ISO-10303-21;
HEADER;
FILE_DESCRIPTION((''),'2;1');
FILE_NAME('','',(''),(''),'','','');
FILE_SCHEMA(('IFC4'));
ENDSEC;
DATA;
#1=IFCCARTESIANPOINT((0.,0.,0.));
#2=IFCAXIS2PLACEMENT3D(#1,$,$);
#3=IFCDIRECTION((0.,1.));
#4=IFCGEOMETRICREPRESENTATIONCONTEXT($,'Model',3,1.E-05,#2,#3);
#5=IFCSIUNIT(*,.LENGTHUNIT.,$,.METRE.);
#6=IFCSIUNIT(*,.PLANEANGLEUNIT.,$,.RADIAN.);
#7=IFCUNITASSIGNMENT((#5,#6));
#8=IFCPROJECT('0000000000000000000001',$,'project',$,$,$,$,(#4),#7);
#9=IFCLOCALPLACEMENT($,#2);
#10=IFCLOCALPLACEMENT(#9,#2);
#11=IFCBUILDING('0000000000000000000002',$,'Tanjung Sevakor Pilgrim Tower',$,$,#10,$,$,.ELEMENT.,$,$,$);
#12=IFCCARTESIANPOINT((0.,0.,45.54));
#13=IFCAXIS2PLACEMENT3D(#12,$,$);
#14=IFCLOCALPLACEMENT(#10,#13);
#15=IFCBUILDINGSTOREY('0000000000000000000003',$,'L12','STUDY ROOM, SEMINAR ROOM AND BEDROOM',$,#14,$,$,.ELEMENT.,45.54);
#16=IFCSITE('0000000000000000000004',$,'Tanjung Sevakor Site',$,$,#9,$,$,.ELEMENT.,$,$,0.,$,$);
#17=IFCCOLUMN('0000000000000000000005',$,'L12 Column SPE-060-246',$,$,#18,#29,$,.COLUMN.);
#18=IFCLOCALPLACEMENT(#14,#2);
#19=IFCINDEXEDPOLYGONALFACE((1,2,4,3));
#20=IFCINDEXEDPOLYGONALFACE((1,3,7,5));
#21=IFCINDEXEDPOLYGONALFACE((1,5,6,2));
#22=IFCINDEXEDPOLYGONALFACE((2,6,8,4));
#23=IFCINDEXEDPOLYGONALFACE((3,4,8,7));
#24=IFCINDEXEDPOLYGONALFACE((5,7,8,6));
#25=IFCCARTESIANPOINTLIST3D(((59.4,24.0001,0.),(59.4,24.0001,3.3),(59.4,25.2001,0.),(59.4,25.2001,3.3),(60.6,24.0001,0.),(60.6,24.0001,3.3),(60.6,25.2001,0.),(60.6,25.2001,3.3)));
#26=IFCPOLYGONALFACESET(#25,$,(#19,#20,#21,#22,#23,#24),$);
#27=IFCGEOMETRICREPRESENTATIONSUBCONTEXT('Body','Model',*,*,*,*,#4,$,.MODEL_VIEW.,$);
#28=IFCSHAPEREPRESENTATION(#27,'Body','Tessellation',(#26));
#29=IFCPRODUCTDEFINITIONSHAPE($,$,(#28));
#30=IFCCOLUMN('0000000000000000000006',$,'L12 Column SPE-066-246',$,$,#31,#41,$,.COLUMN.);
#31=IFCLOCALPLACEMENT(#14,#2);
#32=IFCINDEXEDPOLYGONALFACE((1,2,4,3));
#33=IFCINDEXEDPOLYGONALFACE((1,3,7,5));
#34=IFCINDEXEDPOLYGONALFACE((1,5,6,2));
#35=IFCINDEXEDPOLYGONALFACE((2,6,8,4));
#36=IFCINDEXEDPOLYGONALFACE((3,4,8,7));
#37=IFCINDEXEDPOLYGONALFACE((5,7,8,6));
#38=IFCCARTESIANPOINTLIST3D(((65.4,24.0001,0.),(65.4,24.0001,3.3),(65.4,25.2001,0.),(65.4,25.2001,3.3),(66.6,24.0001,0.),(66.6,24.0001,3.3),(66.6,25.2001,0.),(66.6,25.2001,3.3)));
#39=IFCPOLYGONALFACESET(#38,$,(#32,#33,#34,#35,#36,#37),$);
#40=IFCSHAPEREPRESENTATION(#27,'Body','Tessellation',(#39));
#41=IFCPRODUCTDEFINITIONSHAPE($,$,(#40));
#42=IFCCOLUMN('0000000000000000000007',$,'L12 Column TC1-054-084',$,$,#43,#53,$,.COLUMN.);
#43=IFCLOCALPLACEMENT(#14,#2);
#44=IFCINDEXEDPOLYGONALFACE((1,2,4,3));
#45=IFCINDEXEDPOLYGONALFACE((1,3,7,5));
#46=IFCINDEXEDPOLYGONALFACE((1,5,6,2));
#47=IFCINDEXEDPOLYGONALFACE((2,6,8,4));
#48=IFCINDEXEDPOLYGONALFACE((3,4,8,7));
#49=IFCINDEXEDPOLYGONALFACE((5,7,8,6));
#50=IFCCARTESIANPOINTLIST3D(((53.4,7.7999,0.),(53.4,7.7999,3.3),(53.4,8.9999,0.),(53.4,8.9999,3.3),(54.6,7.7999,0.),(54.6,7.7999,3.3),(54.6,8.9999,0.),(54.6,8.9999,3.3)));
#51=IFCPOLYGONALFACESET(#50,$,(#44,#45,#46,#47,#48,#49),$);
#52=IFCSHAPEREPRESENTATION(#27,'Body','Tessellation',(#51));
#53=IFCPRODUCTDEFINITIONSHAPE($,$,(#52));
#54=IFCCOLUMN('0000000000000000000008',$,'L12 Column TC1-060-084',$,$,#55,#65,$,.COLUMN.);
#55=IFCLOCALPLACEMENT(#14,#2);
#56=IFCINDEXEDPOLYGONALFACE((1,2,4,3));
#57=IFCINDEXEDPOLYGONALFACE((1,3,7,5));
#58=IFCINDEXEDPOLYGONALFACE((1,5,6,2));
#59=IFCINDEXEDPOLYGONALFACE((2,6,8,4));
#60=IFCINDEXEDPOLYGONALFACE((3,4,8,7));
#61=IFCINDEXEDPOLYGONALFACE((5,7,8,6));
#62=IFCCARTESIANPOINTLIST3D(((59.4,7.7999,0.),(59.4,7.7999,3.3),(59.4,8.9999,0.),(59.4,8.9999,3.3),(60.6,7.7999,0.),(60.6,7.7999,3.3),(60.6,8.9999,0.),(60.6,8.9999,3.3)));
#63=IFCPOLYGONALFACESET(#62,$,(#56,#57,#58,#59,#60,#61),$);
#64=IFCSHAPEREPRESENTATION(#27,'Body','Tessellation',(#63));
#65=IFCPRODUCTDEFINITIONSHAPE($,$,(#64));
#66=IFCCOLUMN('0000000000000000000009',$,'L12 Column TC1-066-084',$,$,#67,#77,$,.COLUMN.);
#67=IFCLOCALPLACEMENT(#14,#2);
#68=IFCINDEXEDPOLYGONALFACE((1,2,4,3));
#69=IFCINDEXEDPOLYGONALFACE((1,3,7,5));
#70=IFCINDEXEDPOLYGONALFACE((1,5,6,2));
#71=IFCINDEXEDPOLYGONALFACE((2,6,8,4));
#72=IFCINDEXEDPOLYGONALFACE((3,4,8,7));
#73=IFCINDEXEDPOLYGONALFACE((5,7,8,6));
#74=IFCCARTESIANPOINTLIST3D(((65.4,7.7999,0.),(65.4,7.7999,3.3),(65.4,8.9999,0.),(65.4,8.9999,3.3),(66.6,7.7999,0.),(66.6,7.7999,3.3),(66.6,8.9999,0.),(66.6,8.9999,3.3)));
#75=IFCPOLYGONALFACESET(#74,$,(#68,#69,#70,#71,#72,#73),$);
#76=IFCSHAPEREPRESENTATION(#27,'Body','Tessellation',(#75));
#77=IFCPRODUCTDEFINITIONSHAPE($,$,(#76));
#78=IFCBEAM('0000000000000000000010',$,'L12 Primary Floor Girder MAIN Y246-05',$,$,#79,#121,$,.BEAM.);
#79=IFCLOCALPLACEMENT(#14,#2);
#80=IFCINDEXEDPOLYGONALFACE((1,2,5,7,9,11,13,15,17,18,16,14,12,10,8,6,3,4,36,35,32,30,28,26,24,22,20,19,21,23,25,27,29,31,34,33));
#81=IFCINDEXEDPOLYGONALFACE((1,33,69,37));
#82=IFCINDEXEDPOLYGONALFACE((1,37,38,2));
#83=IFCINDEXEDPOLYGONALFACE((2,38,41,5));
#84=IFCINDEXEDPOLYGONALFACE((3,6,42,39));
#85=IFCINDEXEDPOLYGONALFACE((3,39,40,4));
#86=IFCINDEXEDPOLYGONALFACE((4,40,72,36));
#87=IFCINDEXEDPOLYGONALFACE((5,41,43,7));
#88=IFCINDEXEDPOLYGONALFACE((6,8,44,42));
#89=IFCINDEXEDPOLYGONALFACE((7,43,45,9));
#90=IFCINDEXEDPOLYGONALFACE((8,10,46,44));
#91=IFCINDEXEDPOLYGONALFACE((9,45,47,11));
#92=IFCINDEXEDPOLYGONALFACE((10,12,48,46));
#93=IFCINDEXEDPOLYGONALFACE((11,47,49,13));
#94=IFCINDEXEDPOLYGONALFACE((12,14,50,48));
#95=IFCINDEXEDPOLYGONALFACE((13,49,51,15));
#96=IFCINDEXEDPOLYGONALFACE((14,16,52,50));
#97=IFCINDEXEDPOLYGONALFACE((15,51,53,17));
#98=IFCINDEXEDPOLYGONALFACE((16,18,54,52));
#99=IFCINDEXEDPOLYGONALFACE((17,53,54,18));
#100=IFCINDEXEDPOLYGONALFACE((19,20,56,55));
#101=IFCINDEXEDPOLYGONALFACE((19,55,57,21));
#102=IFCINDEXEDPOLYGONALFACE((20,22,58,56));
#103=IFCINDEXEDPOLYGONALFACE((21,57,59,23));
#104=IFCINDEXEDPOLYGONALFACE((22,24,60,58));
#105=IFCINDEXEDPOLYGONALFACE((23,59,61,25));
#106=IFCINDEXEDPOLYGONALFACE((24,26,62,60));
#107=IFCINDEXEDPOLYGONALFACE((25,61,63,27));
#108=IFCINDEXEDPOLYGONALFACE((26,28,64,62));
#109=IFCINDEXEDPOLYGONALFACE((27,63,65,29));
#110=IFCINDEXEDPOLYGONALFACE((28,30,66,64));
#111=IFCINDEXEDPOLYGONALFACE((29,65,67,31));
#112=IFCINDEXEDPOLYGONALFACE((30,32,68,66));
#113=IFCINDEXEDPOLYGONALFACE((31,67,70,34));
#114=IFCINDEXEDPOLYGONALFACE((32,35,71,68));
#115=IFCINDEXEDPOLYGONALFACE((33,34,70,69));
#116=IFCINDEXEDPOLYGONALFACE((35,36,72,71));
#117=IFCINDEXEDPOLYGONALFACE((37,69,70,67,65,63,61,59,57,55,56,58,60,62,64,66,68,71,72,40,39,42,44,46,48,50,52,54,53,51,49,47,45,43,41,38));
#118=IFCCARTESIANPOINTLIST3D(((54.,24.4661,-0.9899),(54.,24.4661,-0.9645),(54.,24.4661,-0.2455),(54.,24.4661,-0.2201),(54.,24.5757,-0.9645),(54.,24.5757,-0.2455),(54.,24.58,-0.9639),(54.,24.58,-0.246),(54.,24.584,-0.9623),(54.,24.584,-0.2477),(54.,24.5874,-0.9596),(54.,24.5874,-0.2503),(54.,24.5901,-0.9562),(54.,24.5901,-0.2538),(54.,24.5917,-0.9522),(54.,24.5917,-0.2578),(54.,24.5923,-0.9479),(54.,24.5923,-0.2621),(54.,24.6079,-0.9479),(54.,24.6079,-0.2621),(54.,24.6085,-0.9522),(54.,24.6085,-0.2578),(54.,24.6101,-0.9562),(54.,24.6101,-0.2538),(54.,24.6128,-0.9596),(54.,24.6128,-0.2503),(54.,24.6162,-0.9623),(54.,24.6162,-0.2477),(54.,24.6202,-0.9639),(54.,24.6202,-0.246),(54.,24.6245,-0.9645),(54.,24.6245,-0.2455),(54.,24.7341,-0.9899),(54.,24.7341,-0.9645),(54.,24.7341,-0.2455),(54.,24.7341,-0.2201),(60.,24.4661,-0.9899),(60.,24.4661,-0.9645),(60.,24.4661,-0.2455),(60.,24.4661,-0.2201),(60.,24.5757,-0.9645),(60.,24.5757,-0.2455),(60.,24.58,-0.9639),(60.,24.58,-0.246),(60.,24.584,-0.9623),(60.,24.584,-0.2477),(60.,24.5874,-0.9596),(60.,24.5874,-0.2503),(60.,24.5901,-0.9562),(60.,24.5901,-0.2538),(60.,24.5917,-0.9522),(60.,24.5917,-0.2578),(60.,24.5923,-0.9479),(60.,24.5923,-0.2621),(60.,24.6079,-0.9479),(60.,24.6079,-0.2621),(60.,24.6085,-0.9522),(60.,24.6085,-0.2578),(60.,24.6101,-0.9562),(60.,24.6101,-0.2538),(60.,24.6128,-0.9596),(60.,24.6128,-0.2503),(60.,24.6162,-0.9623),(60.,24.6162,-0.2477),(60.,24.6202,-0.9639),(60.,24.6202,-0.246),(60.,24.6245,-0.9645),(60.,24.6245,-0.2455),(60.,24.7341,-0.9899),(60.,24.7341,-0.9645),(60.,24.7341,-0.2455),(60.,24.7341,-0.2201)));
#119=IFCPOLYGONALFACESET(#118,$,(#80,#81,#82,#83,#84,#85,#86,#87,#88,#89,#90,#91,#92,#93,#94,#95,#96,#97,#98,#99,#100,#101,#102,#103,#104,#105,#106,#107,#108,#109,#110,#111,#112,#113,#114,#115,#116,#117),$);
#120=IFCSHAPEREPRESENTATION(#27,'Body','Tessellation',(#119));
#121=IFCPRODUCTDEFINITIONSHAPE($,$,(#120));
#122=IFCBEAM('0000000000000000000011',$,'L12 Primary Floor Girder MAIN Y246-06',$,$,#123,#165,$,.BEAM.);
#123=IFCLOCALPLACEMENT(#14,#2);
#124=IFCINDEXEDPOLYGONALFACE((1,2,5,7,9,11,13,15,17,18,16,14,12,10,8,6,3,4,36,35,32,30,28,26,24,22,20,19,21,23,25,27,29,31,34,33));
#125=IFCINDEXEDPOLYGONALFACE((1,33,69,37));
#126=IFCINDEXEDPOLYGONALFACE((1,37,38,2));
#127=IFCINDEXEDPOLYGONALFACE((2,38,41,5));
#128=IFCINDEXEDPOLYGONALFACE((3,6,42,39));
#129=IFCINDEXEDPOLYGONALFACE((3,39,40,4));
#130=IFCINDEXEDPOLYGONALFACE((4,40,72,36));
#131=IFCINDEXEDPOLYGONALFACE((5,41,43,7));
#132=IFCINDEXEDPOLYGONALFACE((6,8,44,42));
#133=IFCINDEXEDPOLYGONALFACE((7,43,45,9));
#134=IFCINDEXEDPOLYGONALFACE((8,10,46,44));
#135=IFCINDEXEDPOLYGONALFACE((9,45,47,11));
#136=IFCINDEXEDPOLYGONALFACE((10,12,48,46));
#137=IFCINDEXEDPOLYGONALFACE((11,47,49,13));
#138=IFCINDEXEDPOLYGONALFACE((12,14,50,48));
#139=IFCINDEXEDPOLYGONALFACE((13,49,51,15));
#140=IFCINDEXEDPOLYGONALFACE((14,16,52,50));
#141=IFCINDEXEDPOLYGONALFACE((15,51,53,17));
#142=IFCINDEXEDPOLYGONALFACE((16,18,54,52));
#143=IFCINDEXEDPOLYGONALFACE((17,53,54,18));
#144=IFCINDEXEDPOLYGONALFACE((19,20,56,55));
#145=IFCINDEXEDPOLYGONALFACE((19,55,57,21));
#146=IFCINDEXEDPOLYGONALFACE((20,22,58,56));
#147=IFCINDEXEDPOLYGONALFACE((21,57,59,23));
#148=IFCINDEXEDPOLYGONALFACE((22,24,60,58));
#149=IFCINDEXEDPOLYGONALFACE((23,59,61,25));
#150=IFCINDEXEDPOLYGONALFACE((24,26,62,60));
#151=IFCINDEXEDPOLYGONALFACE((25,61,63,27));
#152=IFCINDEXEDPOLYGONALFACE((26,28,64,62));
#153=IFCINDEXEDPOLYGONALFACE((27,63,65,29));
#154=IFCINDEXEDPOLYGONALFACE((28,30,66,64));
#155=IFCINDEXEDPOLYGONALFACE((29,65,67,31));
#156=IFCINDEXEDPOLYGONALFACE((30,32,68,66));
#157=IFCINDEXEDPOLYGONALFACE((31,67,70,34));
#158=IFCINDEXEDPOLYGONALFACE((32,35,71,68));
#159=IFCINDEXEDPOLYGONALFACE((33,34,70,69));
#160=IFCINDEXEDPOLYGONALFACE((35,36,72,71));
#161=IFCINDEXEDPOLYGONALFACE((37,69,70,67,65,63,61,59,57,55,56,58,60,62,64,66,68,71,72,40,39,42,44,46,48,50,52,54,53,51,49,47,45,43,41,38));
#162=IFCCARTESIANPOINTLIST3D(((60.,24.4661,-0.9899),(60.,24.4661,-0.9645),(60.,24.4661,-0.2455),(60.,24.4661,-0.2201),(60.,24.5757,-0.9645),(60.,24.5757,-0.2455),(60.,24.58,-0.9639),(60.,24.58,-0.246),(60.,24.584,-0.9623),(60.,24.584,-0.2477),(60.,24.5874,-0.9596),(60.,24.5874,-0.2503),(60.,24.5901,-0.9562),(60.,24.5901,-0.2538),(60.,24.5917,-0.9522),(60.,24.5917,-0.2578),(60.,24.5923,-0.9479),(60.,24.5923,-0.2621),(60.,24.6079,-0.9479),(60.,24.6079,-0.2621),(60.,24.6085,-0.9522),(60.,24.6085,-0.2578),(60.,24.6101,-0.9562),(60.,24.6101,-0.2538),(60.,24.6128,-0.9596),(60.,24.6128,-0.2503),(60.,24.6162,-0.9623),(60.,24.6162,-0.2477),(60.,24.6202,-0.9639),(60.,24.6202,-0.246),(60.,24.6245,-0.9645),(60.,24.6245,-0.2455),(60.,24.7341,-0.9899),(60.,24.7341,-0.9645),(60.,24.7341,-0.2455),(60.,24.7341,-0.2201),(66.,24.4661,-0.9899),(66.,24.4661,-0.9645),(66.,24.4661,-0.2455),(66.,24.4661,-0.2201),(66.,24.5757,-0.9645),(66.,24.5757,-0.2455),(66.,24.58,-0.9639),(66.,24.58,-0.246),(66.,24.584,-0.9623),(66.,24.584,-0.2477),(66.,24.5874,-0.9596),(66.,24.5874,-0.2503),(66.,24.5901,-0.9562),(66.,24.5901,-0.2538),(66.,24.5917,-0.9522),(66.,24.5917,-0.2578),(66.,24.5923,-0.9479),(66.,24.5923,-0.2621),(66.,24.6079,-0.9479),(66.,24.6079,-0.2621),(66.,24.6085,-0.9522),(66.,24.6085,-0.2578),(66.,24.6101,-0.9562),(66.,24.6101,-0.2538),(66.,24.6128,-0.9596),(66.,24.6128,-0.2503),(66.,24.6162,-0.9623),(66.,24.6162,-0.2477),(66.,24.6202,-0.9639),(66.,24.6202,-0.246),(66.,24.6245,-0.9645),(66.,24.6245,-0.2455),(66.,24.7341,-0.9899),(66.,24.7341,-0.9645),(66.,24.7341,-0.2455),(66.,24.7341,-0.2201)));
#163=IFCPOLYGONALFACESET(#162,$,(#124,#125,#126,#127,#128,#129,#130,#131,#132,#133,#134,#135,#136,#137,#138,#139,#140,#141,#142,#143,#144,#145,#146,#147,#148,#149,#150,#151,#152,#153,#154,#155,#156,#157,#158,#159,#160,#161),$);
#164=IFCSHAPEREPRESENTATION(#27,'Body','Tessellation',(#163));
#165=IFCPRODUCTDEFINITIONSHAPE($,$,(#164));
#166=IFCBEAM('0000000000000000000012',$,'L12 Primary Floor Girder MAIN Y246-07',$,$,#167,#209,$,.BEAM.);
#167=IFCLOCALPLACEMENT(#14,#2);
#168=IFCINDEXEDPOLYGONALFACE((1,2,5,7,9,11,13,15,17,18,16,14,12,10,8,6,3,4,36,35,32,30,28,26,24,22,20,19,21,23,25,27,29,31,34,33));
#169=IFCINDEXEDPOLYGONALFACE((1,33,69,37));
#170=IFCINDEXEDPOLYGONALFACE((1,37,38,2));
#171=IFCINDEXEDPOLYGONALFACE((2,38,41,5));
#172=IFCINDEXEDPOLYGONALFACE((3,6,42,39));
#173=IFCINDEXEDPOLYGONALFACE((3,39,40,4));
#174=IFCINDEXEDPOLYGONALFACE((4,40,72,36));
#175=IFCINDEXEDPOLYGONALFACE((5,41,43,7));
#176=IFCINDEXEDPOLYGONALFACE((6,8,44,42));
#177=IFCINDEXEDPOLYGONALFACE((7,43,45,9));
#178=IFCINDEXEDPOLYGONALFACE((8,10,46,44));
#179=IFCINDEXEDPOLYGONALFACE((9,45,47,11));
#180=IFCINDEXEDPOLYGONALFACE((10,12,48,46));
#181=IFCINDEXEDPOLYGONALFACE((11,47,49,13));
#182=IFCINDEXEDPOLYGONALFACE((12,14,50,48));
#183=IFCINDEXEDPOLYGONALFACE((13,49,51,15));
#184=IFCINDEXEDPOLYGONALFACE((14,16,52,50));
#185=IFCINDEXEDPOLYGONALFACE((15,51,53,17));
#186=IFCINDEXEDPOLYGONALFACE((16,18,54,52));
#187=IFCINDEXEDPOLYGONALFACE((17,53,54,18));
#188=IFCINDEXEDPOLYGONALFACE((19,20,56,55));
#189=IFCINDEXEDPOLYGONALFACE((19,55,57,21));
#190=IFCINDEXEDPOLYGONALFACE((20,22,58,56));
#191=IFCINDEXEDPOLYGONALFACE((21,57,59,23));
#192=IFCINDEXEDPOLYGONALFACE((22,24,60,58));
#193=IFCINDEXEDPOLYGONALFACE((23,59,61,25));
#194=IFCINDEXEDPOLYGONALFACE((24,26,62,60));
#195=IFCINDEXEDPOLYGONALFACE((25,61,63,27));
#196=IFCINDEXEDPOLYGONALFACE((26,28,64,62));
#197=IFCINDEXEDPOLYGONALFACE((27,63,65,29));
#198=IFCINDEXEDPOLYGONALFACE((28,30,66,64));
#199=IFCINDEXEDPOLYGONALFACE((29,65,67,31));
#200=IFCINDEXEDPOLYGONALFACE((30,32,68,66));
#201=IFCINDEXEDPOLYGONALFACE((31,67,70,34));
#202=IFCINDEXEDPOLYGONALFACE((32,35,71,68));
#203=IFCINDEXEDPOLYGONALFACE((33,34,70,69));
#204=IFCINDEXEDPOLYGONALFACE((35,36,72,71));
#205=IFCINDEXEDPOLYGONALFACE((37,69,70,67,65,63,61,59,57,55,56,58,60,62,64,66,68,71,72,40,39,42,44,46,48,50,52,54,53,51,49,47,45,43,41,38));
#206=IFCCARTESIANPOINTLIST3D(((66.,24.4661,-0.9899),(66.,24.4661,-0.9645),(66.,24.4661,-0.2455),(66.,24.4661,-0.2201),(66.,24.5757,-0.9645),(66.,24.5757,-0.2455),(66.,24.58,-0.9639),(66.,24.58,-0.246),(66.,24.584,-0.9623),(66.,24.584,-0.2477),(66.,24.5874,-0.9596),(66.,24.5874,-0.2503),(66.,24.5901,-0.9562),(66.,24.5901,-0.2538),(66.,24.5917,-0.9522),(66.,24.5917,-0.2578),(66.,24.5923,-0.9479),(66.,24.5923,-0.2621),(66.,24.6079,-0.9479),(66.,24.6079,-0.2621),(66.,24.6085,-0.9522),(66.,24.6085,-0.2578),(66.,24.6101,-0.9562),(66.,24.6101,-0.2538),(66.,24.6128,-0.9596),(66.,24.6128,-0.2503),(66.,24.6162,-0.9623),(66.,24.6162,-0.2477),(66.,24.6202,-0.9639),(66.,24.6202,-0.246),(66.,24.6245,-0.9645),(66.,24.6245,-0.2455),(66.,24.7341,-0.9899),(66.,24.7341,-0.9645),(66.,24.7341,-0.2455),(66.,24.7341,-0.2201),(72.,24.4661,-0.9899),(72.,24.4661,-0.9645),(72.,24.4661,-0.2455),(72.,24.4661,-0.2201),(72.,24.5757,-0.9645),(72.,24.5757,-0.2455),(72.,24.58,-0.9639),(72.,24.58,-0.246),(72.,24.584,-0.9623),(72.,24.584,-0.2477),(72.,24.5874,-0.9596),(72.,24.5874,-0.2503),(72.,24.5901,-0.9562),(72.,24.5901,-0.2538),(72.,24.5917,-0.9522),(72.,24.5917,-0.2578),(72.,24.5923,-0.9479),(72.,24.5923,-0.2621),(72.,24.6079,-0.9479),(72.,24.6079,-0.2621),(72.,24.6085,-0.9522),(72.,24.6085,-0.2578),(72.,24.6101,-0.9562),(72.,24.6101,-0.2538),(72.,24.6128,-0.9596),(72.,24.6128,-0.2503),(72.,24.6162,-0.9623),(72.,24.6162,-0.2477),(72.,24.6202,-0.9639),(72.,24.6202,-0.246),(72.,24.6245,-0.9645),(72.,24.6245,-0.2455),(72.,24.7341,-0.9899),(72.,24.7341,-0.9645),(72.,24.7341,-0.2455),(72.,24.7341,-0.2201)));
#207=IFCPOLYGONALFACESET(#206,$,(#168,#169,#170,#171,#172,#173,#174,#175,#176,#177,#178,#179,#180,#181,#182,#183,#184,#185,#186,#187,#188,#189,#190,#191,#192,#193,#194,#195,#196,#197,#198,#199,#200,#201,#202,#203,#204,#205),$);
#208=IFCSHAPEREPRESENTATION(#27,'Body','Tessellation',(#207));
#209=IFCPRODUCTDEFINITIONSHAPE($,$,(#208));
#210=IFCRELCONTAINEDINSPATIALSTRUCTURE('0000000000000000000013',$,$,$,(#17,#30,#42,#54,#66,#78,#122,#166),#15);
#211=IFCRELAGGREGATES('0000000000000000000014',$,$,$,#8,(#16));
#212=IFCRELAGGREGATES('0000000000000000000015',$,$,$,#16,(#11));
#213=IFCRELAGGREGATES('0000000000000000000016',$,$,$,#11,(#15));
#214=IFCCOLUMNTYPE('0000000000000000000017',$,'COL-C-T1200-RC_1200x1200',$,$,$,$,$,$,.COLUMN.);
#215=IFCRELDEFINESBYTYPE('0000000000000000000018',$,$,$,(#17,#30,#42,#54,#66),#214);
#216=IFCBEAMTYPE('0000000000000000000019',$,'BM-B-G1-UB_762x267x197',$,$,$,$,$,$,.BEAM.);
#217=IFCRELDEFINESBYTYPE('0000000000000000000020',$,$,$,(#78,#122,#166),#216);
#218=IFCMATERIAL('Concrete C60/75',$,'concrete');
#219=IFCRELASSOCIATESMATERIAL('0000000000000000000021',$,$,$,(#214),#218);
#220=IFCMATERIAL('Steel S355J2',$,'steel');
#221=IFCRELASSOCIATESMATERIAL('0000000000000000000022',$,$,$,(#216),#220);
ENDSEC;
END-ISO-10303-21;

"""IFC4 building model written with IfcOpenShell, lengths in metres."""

from ifc_helpers import new_model, si_unit, direction, frame, origin, origin_2d, place, context, subcontext, project, spatial, rectangle, i_section, extrude, material, material_profile, profile_set, type_object, element, save


model = new_model("IFC4")

# Units and contexts
model_context = context("Model", 3, precision=1e-05, world=origin(), true_north=direction((0.0, 1.0)))
body_context = subcontext(model_context, "Body", "Model", "MODEL_VIEW")
ifc_project = project(units=[si_unit("LENGTHUNIT", "METRE"), si_unit("PLANEANGLEUNIT", "RADIAN")], contexts=[model_context])

# Site, building, storey
site_placement = place(None, origin())
site = spatial("IfcSite", under=ifc_project, at=site_placement, Name="Tanjung Sevakor Site", CompositionType="ELEMENT", RefElevation=0.0)
building_placement = place(site_placement, origin())
building = spatial("IfcBuilding", under=site, at=building_placement, Name="Tanjung Sevakor Pilgrim Tower", CompositionType="ELEMENT")
storey_placement = place(building_placement, frame((0.0, 0.0, 45.54)))
storey = spatial("IfcBuildingStorey", under=building, at=storey_placement, Name="L12", Description="STUDY ROOM, SEMINAR ROOM AND BEDROOM", CompositionType="ELEMENT", Elevation=45.54)

# Columns
ifc_material_1 = material(Name="Concrete C60/75", Category="concrete")
ifc_material_profile_1 = material_profile(ifc_material_1, rectangle(XDim=1.2, YDim=1.2, at=origin_2d()))
ifc_profile_set_1 = profile_set([ifc_material_profile_1], Name="Concrete C60/75")
column_type = type_object("IfcColumnType", Name="COL-C-T1200-RC_1200x1200", PredefinedType="COLUMN", material=ifc_profile_set_1)
for number, where, z_axis, x_axis, name in (
    (1, (60.0, 24.6001, 0.0), (0.0, 0.0, 1.0), (1.0, 0.0, 0.0), "L12 Column SPE-060-246"),
    (2, (66.0, 24.6001, 0.0), (0.0, 0.0, 1.0), (1.0, 0.0, 0.0), "L12 Column SPE-066-246"),
    (3, (54.0, 8.3999, 0.0), (0.0, 0.0, 1.0), (1.0, 0.0, 0.0), "L12 Column TC1-054-084"),
    (4, (60.0, 8.3999, 0.0), (0.0, 0.0, 1.0), (1.0, 0.0, 0.0), "L12 Column TC1-060-084"),
    (5, (66.0, 8.3999, 0.0), (0.0, 0.0, 1.0), (1.0, 0.0, 0.0), "L12 Column TC1-066-084"),
):
    element("IfcColumn", number, at=place(storey_placement, frame(where, z_axis=z_axis, x_axis=x_axis)), inside=storey, type_object=column_type, Name=name, PredefinedType="COLUMN", context=body_context, shape_type="SweptSolid", body=[
        extrude(rectangle(XDim=1.2, YDim=1.2, at=origin_2d()), origin(), (0.0, 0.0, 1.0), 3.3),
    ])

# Beams
ifc_material_2 = material(Name="Steel S355J2", Category="steel")
ifc_material_profile_2 = material_profile(ifc_material_2, i_section(OverallWidth=0.2681, OverallDepth=0.7698, WebThickness=0.0156, FlangeThickness=0.0254, FilletRadius=0.0166, at=origin_2d()))
ifc_profile_set_2 = profile_set([ifc_material_profile_2], Name="Steel S355J2")
beam_type_1 = type_object("IfcBeamType", Name="BM-B-G1-UB_762x267x197", PredefinedType="BEAM", material=ifc_profile_set_2)
for number, where, z_axis, x_axis, name in (
    (6, (54.0, 24.6001, -0.605), (1.0, 0.0, 0.0), (0.0, 1.0, 0.0), "L12 Primary Floor Girder MAIN Y246-05"),
    (7, (60.0, 24.6001, -0.605), (1.0, 0.0, 0.0), (0.0, 1.0, 0.0), "L12 Primary Floor Girder MAIN Y246-06"),
    (8, (66.0, 24.6001, -0.605), (1.0, 0.0, 0.0), (0.0, 1.0, 0.0), "L12 Primary Floor Girder MAIN Y246-07"),
):
    element("IfcBeam", number, at=place(storey_placement, frame(where, z_axis=z_axis, x_axis=x_axis)), inside=storey, type_object=beam_type_1, Name=name, PredefinedType="BEAM", context=body_context, shape_type="SweptSolid", body=[
        extrude(i_section(OverallWidth=0.2681, OverallDepth=0.7698, WebThickness=0.0156, FlangeThickness=0.0254, FilletRadius=0.0166, at=origin_2d()), origin(), (0.0, 0.0, 1.0), 6.0),
    ])

save(model, "model.ifc")
